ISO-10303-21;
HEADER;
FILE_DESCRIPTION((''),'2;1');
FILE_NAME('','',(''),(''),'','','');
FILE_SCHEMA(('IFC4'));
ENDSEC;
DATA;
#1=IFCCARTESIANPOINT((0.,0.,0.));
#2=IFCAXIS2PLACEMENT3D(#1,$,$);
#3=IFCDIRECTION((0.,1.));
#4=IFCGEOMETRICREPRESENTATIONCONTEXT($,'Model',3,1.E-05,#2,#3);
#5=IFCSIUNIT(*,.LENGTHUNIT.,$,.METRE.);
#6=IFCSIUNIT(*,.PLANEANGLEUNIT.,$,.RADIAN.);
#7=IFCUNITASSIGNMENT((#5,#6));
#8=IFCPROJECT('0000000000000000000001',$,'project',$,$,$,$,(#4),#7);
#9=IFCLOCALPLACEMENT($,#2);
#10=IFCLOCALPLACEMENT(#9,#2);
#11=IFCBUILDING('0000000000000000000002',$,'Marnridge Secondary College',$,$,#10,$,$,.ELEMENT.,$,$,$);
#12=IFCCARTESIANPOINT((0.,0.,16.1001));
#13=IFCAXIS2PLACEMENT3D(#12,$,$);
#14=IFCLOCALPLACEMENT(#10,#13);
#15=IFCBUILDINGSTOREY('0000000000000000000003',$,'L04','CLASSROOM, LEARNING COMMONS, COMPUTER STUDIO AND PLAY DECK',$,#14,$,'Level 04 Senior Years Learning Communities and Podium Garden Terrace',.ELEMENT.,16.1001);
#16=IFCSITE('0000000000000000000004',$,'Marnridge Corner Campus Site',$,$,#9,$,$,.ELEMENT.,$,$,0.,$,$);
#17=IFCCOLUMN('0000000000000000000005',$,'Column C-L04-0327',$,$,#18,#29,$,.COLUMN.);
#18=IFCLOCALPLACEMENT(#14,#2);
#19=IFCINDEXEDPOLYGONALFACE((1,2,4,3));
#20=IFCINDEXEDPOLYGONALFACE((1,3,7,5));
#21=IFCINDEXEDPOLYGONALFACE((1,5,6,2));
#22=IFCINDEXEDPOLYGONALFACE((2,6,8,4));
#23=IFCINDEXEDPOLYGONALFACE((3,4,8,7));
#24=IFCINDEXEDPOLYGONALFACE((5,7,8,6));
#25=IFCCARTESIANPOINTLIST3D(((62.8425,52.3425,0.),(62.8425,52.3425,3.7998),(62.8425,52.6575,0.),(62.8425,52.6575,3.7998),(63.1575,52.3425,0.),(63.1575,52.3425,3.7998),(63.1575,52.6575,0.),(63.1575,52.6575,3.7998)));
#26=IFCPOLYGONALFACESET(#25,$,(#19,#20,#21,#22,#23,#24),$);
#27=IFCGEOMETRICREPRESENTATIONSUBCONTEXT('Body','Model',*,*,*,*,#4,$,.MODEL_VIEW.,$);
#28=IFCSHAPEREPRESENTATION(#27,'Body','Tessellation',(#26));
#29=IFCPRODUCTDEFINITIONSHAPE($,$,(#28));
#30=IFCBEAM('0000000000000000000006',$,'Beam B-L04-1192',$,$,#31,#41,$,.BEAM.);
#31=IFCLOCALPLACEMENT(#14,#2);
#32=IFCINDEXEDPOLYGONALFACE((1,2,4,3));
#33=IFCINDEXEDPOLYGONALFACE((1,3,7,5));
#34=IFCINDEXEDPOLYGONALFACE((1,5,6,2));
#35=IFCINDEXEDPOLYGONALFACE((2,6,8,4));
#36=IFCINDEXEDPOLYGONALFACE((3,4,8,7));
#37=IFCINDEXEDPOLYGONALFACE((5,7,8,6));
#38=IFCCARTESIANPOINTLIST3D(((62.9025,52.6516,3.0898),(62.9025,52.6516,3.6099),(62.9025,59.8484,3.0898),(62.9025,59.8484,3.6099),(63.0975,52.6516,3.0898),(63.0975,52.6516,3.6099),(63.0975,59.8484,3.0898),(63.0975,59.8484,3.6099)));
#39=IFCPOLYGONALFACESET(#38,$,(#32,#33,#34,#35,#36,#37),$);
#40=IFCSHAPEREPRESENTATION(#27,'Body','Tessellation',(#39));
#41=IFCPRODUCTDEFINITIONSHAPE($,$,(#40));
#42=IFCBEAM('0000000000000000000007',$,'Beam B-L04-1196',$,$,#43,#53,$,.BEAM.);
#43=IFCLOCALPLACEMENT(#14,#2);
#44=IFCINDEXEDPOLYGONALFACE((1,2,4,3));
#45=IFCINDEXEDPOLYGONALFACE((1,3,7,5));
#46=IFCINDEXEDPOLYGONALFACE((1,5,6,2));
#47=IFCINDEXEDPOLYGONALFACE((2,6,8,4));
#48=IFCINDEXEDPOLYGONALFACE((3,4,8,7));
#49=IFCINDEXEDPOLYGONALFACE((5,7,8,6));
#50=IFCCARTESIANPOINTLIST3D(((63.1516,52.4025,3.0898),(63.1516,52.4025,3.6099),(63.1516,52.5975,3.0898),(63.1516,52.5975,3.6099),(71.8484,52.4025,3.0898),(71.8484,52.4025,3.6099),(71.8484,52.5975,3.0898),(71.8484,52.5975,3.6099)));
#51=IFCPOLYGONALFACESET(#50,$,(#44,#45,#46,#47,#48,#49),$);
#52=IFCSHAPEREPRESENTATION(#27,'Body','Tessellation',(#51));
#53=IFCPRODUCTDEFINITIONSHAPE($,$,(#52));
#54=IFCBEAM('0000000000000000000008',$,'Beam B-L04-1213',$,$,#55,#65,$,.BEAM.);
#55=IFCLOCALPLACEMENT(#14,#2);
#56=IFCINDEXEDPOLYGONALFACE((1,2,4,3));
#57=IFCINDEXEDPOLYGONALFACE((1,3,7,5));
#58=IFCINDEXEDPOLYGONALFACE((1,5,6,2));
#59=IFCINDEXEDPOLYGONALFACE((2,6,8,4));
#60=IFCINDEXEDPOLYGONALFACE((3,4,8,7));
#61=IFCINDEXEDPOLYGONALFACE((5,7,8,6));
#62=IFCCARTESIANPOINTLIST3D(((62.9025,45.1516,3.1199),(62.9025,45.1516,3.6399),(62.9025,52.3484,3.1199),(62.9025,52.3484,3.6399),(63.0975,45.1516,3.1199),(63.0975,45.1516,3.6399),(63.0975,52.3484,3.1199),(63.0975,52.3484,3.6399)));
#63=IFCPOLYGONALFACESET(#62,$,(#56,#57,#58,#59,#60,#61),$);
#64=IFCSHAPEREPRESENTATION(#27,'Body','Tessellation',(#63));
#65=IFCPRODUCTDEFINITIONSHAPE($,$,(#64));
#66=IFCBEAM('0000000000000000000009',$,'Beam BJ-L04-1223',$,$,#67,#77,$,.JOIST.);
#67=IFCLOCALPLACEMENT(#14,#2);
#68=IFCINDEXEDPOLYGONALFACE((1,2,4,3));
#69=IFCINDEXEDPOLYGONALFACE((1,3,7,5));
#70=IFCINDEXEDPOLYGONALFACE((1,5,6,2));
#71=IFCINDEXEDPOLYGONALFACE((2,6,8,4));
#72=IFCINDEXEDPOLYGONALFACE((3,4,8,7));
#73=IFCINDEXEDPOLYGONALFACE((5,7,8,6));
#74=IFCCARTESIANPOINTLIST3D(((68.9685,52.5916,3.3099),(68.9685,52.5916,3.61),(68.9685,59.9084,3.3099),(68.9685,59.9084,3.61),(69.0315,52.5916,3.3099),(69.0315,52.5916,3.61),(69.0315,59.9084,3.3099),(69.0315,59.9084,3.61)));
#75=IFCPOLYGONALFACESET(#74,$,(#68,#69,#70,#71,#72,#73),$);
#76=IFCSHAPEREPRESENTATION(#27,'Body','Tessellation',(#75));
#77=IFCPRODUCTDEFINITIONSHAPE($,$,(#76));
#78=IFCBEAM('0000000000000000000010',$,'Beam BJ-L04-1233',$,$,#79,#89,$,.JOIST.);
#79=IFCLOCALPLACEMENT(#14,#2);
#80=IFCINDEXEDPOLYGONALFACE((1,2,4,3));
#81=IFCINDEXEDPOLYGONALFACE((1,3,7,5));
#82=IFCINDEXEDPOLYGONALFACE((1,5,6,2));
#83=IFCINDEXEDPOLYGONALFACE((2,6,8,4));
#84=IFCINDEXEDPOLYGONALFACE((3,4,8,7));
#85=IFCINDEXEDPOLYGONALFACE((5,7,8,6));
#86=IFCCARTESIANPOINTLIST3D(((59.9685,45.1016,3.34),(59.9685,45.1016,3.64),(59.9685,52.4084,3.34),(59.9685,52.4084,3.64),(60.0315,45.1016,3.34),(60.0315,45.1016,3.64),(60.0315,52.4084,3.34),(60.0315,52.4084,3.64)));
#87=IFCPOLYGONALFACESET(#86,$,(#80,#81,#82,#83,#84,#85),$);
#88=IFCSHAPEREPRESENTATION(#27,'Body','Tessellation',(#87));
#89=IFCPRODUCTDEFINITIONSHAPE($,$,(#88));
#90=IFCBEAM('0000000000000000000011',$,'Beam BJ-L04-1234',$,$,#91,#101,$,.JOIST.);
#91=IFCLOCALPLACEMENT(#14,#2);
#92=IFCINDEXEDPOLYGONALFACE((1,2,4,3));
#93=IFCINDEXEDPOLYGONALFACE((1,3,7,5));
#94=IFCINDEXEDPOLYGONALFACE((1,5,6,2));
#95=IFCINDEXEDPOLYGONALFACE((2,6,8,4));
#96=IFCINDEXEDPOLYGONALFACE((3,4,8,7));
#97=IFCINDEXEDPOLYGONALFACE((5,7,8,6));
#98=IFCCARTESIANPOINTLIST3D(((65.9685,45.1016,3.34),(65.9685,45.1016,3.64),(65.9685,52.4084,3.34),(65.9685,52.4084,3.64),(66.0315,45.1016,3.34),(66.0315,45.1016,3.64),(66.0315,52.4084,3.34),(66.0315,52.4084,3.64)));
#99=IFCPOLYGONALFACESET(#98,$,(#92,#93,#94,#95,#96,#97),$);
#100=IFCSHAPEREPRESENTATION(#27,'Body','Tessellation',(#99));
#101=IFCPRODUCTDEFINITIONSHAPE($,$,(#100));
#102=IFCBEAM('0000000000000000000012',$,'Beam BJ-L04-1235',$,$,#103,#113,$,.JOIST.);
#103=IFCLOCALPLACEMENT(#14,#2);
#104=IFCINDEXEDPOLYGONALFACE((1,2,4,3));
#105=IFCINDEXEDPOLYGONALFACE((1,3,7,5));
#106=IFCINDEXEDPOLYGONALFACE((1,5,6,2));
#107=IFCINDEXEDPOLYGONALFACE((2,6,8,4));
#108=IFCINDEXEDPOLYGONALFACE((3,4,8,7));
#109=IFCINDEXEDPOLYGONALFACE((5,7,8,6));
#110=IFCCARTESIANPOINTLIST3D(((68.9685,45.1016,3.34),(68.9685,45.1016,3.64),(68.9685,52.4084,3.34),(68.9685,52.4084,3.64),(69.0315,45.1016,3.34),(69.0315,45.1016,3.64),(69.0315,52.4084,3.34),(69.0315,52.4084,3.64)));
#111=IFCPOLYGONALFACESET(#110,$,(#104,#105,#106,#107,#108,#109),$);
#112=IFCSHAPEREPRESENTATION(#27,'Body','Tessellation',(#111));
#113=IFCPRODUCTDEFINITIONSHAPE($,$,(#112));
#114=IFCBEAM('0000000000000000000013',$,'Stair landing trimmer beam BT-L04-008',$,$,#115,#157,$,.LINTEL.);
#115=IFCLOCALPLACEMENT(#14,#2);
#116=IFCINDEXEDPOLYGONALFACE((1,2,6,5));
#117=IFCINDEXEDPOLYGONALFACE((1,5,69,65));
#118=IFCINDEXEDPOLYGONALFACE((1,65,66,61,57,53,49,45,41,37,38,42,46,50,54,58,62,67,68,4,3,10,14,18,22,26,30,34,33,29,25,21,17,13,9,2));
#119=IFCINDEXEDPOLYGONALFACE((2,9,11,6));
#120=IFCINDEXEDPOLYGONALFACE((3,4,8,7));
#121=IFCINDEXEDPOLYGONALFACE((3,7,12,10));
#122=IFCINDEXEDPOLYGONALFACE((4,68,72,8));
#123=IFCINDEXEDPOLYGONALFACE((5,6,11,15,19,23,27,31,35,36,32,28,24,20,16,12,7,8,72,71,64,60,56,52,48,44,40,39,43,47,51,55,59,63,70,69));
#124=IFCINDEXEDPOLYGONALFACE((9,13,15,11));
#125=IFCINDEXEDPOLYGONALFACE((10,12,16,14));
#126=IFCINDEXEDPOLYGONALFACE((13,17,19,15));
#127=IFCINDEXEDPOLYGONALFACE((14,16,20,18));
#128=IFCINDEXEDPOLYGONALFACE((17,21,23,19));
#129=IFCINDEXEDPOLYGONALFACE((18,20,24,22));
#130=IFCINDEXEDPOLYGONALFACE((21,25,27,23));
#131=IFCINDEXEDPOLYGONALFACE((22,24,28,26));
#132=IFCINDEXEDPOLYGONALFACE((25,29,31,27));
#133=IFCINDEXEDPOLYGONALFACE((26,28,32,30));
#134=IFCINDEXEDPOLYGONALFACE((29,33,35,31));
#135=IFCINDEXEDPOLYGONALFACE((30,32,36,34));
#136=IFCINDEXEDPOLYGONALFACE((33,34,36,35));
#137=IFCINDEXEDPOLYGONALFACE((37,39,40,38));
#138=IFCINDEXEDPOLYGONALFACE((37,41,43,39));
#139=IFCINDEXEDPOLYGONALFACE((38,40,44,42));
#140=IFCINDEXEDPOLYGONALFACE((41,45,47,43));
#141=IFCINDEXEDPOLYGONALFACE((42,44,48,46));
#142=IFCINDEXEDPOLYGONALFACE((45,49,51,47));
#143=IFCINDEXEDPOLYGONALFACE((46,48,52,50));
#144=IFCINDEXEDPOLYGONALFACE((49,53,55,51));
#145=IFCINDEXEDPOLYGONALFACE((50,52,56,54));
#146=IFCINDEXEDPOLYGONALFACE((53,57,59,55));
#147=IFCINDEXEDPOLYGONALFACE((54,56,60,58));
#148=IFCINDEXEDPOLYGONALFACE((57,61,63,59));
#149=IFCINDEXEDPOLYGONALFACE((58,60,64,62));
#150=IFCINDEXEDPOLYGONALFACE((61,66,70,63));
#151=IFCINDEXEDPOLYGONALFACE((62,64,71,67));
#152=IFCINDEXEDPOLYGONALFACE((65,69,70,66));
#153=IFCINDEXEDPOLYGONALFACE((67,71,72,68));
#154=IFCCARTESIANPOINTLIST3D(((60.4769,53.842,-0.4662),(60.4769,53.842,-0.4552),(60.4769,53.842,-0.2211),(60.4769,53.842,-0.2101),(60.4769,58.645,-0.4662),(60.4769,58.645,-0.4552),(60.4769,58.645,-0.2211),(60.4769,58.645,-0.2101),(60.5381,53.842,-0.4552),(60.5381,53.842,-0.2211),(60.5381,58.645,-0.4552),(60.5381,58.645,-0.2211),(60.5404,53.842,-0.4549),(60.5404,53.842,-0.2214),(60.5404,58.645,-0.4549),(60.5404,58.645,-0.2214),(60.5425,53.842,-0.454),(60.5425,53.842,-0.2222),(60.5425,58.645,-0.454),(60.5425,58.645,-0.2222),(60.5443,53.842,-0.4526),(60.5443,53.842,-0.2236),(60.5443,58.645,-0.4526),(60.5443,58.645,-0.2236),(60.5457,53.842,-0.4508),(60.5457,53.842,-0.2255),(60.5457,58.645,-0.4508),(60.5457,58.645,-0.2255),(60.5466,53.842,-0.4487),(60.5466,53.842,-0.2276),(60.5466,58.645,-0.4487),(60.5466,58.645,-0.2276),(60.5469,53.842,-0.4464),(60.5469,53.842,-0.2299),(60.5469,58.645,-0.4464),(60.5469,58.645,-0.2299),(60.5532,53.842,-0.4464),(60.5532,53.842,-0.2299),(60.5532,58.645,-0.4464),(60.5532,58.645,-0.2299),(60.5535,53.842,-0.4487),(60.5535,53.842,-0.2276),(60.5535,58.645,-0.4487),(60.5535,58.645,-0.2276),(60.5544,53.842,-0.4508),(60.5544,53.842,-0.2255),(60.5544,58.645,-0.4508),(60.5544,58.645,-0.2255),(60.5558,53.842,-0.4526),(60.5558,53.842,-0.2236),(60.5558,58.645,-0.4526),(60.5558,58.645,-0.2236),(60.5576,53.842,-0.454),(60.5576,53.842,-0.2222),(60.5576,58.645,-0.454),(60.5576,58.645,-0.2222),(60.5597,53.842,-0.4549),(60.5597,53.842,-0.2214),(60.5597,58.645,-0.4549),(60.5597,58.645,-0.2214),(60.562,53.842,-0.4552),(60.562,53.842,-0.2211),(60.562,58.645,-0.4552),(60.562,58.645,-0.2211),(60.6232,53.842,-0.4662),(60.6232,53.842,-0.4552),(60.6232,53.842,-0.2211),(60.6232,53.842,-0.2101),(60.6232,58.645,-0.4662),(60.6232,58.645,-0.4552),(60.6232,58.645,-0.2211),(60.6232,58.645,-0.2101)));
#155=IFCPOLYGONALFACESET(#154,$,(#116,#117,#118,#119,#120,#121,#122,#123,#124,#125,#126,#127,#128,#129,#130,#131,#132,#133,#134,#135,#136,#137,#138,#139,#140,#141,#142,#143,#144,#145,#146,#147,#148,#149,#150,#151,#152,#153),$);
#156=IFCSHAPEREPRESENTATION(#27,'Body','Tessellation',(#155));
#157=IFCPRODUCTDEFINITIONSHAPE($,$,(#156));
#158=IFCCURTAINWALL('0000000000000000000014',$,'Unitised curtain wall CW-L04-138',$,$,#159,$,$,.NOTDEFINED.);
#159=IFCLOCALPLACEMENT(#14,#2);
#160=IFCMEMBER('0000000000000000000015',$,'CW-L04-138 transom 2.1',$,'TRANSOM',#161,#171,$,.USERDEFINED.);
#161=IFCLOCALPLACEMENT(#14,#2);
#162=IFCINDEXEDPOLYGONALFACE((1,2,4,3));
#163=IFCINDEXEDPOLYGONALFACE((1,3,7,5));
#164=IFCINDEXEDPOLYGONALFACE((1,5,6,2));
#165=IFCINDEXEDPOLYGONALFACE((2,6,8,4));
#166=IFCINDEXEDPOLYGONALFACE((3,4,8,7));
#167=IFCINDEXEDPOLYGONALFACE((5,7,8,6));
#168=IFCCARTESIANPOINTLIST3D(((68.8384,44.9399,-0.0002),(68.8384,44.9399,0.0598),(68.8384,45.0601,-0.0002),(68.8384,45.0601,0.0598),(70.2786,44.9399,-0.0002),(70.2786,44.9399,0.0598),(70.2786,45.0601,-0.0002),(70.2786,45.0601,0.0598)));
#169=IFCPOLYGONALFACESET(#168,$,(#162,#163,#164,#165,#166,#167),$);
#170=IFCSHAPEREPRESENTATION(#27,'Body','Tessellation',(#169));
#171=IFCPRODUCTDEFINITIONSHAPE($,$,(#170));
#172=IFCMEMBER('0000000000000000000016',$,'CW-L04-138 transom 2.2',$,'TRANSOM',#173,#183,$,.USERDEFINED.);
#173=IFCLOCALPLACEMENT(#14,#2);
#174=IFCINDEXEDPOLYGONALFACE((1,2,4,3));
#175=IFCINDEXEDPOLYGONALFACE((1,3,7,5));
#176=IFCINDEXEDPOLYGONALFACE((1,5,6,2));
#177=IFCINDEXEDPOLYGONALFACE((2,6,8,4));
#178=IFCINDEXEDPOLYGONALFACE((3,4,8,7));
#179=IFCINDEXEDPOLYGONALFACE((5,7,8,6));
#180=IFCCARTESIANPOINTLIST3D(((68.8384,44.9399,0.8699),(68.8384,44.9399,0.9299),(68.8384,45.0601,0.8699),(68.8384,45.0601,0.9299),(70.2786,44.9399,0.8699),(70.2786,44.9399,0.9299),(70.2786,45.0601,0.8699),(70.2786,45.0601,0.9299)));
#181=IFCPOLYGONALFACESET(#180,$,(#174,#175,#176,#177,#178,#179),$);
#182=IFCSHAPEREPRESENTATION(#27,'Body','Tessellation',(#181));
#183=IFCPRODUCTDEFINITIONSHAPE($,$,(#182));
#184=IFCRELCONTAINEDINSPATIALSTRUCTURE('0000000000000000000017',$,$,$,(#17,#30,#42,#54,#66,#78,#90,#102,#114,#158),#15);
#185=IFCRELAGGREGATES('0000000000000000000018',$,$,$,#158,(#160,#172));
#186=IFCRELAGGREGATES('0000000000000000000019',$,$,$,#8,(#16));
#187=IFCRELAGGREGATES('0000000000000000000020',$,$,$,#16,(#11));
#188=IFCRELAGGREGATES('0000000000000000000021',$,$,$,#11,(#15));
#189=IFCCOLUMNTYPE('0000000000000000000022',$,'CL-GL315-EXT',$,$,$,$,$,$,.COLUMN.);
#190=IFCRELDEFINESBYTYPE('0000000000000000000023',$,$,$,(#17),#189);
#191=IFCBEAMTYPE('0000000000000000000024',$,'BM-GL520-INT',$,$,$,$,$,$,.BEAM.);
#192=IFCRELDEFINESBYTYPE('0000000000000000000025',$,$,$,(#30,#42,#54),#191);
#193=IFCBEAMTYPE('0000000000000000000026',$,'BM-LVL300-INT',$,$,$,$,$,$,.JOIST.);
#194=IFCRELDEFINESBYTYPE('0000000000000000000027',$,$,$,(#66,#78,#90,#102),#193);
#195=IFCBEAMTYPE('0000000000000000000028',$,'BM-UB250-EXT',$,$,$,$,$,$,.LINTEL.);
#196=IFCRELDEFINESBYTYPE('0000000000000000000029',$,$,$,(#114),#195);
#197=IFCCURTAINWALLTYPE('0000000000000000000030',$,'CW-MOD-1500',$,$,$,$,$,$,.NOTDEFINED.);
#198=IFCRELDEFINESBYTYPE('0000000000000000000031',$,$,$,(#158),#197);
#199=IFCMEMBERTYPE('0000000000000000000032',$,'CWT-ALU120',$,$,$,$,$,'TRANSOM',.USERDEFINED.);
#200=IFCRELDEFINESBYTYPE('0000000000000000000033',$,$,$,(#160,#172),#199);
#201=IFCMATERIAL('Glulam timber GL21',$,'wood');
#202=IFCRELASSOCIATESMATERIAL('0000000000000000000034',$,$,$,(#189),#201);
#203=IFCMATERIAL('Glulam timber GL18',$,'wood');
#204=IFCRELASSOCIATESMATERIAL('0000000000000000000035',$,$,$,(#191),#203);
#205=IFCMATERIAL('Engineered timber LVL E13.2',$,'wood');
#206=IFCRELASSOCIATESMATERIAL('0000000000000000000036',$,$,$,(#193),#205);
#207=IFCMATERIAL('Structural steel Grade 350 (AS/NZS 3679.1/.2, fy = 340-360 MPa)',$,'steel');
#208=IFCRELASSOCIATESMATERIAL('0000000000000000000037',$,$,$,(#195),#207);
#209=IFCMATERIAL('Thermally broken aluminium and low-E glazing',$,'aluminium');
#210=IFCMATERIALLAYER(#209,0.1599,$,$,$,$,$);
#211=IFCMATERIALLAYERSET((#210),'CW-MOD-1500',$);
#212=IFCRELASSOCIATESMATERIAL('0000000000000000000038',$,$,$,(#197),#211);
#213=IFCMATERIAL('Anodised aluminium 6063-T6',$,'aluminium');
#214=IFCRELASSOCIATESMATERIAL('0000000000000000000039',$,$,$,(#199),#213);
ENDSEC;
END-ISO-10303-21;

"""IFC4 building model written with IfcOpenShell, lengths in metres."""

from ifc_helpers import new_model, si_unit, direction, frame, origin, origin_2d, place, context, subcontext, project, spatial, rectangle, i_section, extrude, material, layer, layer_set, material_profile, profile_set, type_object, element, aggregate, save


model = new_model("IFC4")

# Units and contexts
model_context = context("Model", 3, precision=1e-05, world=origin(), true_north=direction((0.0, 1.0)))
body_context = subcontext(model_context, "Body", "Model", "MODEL_VIEW")
ifc_project = project(units=[si_unit("LENGTHUNIT", "METRE"), si_unit("PLANEANGLEUNIT", "RADIAN")], contexts=[model_context])

# Site, building, storey
site_placement = place(None, origin())
site = spatial("IfcSite", under=ifc_project, at=site_placement, Name="Marnridge Corner Campus Site", CompositionType="ELEMENT", RefElevation=0.0)
building_placement = place(site_placement, origin())
building = spatial("IfcBuilding", under=site, at=building_placement, Name="Marnridge Secondary College", CompositionType="ELEMENT")
storey_placement = place(building_placement, frame((0.0, 0.0, 16.1001)))
storey = spatial("IfcBuildingStorey", under=building, at=storey_placement, Name="L04", Description="CLASSROOM, LEARNING COMMONS, COMPUTER STUDIO AND PLAY DECK", LongName="Level 04 Senior Years Learning Communities and Podium Garden Terrace", CompositionType="ELEMENT", Elevation=16.1001)

# Column
ifc_material_1 = material(Name="Glulam timber GL21", Category="wood")
ifc_material_profile_1 = material_profile(ifc_material_1, rectangle(XDim=0.3149, YDim=0.3149, at=origin_2d()), Name="GL21 315x315")
ifc_profile_set_1 = profile_set([ifc_material_profile_1], Name="Glulam timber GL21")
column_type = type_object("IfcColumnType", Name="CL-GL315-EXT", PredefinedType="COLUMN", material=ifc_profile_set_1)
column_placement = place(storey_placement, frame((63.0, 52.5, 0.0), z_axis=(0.0, 0.0, 1.0), x_axis=(1.0, 0.0, 0.0)))
element("IfcColumn", 1, at=column_placement, inside=storey, type_object=column_type, Name="Column C-L04-0327", PredefinedType="COLUMN", context=body_context, shape_type="SweptSolid", body=[
    extrude(rectangle(XDim=0.3149, YDim=0.3149, at=origin_2d()), origin(), (0.0, 0.0, 1.0), 3.7998),
])

# Beams
ifc_material_2 = material(Name="Glulam timber GL18", Category="wood")
ifc_material_profile_2 = material_profile(ifc_material_2, rectangle(XDim=0.1951, YDim=0.52, at=origin_2d()), Name="GL18 195x520")
ifc_profile_set_2 = profile_set([ifc_material_profile_2], Name="Glulam timber GL18")
beam_type_1 = type_object("IfcBeamType", Name="BM-GL520-INT", PredefinedType="BEAM", material=ifc_profile_set_2)
beam_1_placement = place(storey_placement, frame((63.0, 52.6516, 3.3499), z_axis=(0.0, 1.0, 0.0), x_axis=(-1.0, 0.0, 0.0)))
element("IfcBeam", 2, at=beam_1_placement, inside=storey, type_object=beam_type_1, Name="Beam B-L04-1192", PredefinedType="BEAM", context=body_context, shape_type="SweptSolid", body=[
    extrude(rectangle(XDim=0.1951, YDim=0.52, at=origin_2d()), origin(), (0.0, 0.0, 1.0), 7.1968),
])
beam_2_placement = place(storey_placement, frame((63.1516, 52.5, 3.3499), z_axis=(1.0, 0.0, 0.0), x_axis=(0.0, 1.0, 0.0)))
element("IfcBeam", 3, at=beam_2_placement, inside=storey, type_object=beam_type_1, Name="Beam B-L04-1196", PredefinedType="BEAM", context=body_context, shape_type="SweptSolid", body=[
    extrude(rectangle(XDim=0.1951, YDim=0.52, at=origin_2d()), origin(), (0.0, 0.0, 1.0), 8.6968),
])
beam_3_placement = place(storey_placement, frame((63.0, 45.1516, 3.3799), z_axis=(0.0, 1.0, 0.0), x_axis=(-1.0, 0.0, 0.0)))
element("IfcBeam", 4, at=beam_3_placement, inside=storey, type_object=beam_type_1, Name="Beam B-L04-1213", PredefinedType="BEAM", context=body_context, shape_type="SweptSolid", body=[
    extrude(rectangle(XDim=0.1951, YDim=0.52, at=origin_2d()), origin(), (0.0, 0.0, 1.0), 7.1968),
])
ifc_material_3 = material(Name="Engineered timber LVL E13.2", Category="wood")
ifc_material_profile_3 = material_profile(ifc_material_3, rectangle(XDim=0.063, YDim=0.3, at=origin_2d()), Name="LVL 63x300")
ifc_profile_set_3 = profile_set([ifc_material_profile_3], Name="Engineered timber LVL E13.2")
beam_type_2 = type_object("IfcBeamType", Name="BM-LVL300-INT", PredefinedType="JOIST", material=ifc_profile_set_3)
beam_4_placement = place(storey_placement, frame((69.0, 52.5916, 3.46), z_axis=(0.0, 1.0, 0.0), x_axis=(-1.0, 0.0, 0.0)))
element("IfcBeam", 5, at=beam_4_placement, inside=storey, type_object=beam_type_2, Name="Beam BJ-L04-1223", PredefinedType="JOIST", context=body_context, shape_type="SweptSolid", body=[
    extrude(rectangle(XDim=0.063, YDim=0.3, at=origin_2d()), origin(), (0.0, 0.0, 1.0), 7.3169),
])
for number, where, z_axis, x_axis, name in (
    (6, (60.0, 45.1016, 3.49), (0.0, 1.0, 0.0), (-1.0, 0.0, 0.0), "Beam BJ-L04-1233"),
    (7, (66.0, 45.1016, 3.49), (0.0, 1.0, 0.0), (-1.0, 0.0, 0.0), "Beam BJ-L04-1234"),
    (8, (69.0, 45.1016, 3.49), (0.0, 1.0, 0.0), (-1.0, 0.0, 0.0), "Beam BJ-L04-1235"),
):
    element("IfcBeam", number, at=place(storey_placement, frame(where, z_axis=z_axis, x_axis=x_axis)), inside=storey, type_object=beam_type_2, Name=name, PredefinedType="JOIST", context=body_context, shape_type="SweptSolid", body=[
        extrude(rectangle(XDim=0.063, YDim=0.3, at=origin_2d()), origin(), (0.0, 0.0, 1.0), 7.3069),
    ])
ifc_material_4 = material(Name="Structural steel Grade 350 (AS/NZS 3679.1/.2, fy = 340-360 MPa)", Category="steel")
ifc_material_profile_4 = material_profile(ifc_material_4, i_section(OverallWidth=0.1462, OverallDepth=0.2561, WebThickness=0.0063, FlangeThickness=0.011, FilletRadius=0.0088, at=origin_2d()), Name="250UB37.3")
ifc_profile_set_4 = profile_set([ifc_material_profile_4], Name="Structural steel Grade 350 (AS/NZS 3679.1/.2, fy = 340-360 MPa)")
beam_type_3 = type_object("IfcBeamType", Name="BM-UB250-EXT", PredefinedType="LINTEL", material=ifc_profile_set_4)
beam_5_placement = place(storey_placement, frame((60.55, 53.842, -0.3381), z_axis=(0.0, 1.0, 0.0), x_axis=(-1.0, 0.0, 0.0)))
element("IfcBeam", 9, at=beam_5_placement, inside=storey, type_object=beam_type_3, Name="Stair landing trimmer beam BT-L04-008", PredefinedType="LINTEL", context=body_context, shape_type="SweptSolid", body=[
    extrude(i_section(OverallWidth=0.1462, OverallDepth=0.2561, WebThickness=0.0063, FlangeThickness=0.011, FilletRadius=0.0088, at=origin_2d()), origin(), (0.0, 0.0, 1.0), 4.803),
])

# Curtain wall, members
ifc_material_5 = material(Name="Thermally broken aluminium and low-E glazing", Category="aluminium")
ifc_layer_1 = layer(ifc_material_5, 0.1599)
ifc_layer_set_1 = layer_set([ifc_layer_1], Name="CW-MOD-1500")
curtain_wall_type = type_object("IfcCurtainWallType", Name="CW-MOD-1500", PredefinedType="NOTDEFINED", material=ifc_layer_set_1)
curtain_wall_placement = place(storey_placement, origin())
curtain_wall = element("IfcCurtainWall", 10, at=curtain_wall_placement, inside=storey, type_object=curtain_wall_type, Name="Unitised curtain wall CW-L04-138", PredefinedType="NOTDEFINED")
ifc_material_6 = material(Name="Anodised aluminium 6063-T6", Category="aluminium")
ifc_material_profile_5 = material_profile(ifc_material_6, rectangle(XDim=0.0601, YDim=0.1201, at=origin_2d()), Name="ALU 60x120")
ifc_profile_set_5 = profile_set([ifc_material_profile_5], Name="Anodised aluminium 6063-T6")
member_type_1 = type_object("IfcMemberType", Name="CWT-ALU120", ElementType="TRANSOM", PredefinedType="USERDEFINED", material=ifc_profile_set_5)
member_1_placement = place(storey_placement, frame((70.2786, 45.0, 0.0298), z_axis=(-1.0, 0.0, 0.0), x_axis=(0.0, 0.0, 1.0)))
member_1 = element("IfcMember", 11, at=member_1_placement, type_object=member_type_1, Name="CW-L04-138 transom 2.1", ObjectType="TRANSOM", PredefinedType="USERDEFINED", context=body_context, shape_type="SweptSolid", body=[
    extrude(rectangle(XDim=0.0601, YDim=0.1201, at=origin_2d()), origin(), (0.0, 0.0, 1.0), 1.4402),
])
member_2_placement = place(storey_placement, frame((70.2786, 45.0, 0.8999), z_axis=(-1.0, 0.0, 0.0), x_axis=(0.0, 0.0, 1.0)))
member_2 = element("IfcMember", 12, at=member_2_placement, type_object=member_type_1, Name="CW-L04-138 transom 2.2", ObjectType="TRANSOM", PredefinedType="USERDEFINED", context=body_context, shape_type="SweptSolid", body=[
    extrude(rectangle(XDim=0.0601, YDim=0.1201, at=origin_2d()), origin(), (0.0, 0.0, 1.0), 1.4402),
])
aggregate(curtain_wall, [member_1, member_2])

save(model, "model.ifc")
